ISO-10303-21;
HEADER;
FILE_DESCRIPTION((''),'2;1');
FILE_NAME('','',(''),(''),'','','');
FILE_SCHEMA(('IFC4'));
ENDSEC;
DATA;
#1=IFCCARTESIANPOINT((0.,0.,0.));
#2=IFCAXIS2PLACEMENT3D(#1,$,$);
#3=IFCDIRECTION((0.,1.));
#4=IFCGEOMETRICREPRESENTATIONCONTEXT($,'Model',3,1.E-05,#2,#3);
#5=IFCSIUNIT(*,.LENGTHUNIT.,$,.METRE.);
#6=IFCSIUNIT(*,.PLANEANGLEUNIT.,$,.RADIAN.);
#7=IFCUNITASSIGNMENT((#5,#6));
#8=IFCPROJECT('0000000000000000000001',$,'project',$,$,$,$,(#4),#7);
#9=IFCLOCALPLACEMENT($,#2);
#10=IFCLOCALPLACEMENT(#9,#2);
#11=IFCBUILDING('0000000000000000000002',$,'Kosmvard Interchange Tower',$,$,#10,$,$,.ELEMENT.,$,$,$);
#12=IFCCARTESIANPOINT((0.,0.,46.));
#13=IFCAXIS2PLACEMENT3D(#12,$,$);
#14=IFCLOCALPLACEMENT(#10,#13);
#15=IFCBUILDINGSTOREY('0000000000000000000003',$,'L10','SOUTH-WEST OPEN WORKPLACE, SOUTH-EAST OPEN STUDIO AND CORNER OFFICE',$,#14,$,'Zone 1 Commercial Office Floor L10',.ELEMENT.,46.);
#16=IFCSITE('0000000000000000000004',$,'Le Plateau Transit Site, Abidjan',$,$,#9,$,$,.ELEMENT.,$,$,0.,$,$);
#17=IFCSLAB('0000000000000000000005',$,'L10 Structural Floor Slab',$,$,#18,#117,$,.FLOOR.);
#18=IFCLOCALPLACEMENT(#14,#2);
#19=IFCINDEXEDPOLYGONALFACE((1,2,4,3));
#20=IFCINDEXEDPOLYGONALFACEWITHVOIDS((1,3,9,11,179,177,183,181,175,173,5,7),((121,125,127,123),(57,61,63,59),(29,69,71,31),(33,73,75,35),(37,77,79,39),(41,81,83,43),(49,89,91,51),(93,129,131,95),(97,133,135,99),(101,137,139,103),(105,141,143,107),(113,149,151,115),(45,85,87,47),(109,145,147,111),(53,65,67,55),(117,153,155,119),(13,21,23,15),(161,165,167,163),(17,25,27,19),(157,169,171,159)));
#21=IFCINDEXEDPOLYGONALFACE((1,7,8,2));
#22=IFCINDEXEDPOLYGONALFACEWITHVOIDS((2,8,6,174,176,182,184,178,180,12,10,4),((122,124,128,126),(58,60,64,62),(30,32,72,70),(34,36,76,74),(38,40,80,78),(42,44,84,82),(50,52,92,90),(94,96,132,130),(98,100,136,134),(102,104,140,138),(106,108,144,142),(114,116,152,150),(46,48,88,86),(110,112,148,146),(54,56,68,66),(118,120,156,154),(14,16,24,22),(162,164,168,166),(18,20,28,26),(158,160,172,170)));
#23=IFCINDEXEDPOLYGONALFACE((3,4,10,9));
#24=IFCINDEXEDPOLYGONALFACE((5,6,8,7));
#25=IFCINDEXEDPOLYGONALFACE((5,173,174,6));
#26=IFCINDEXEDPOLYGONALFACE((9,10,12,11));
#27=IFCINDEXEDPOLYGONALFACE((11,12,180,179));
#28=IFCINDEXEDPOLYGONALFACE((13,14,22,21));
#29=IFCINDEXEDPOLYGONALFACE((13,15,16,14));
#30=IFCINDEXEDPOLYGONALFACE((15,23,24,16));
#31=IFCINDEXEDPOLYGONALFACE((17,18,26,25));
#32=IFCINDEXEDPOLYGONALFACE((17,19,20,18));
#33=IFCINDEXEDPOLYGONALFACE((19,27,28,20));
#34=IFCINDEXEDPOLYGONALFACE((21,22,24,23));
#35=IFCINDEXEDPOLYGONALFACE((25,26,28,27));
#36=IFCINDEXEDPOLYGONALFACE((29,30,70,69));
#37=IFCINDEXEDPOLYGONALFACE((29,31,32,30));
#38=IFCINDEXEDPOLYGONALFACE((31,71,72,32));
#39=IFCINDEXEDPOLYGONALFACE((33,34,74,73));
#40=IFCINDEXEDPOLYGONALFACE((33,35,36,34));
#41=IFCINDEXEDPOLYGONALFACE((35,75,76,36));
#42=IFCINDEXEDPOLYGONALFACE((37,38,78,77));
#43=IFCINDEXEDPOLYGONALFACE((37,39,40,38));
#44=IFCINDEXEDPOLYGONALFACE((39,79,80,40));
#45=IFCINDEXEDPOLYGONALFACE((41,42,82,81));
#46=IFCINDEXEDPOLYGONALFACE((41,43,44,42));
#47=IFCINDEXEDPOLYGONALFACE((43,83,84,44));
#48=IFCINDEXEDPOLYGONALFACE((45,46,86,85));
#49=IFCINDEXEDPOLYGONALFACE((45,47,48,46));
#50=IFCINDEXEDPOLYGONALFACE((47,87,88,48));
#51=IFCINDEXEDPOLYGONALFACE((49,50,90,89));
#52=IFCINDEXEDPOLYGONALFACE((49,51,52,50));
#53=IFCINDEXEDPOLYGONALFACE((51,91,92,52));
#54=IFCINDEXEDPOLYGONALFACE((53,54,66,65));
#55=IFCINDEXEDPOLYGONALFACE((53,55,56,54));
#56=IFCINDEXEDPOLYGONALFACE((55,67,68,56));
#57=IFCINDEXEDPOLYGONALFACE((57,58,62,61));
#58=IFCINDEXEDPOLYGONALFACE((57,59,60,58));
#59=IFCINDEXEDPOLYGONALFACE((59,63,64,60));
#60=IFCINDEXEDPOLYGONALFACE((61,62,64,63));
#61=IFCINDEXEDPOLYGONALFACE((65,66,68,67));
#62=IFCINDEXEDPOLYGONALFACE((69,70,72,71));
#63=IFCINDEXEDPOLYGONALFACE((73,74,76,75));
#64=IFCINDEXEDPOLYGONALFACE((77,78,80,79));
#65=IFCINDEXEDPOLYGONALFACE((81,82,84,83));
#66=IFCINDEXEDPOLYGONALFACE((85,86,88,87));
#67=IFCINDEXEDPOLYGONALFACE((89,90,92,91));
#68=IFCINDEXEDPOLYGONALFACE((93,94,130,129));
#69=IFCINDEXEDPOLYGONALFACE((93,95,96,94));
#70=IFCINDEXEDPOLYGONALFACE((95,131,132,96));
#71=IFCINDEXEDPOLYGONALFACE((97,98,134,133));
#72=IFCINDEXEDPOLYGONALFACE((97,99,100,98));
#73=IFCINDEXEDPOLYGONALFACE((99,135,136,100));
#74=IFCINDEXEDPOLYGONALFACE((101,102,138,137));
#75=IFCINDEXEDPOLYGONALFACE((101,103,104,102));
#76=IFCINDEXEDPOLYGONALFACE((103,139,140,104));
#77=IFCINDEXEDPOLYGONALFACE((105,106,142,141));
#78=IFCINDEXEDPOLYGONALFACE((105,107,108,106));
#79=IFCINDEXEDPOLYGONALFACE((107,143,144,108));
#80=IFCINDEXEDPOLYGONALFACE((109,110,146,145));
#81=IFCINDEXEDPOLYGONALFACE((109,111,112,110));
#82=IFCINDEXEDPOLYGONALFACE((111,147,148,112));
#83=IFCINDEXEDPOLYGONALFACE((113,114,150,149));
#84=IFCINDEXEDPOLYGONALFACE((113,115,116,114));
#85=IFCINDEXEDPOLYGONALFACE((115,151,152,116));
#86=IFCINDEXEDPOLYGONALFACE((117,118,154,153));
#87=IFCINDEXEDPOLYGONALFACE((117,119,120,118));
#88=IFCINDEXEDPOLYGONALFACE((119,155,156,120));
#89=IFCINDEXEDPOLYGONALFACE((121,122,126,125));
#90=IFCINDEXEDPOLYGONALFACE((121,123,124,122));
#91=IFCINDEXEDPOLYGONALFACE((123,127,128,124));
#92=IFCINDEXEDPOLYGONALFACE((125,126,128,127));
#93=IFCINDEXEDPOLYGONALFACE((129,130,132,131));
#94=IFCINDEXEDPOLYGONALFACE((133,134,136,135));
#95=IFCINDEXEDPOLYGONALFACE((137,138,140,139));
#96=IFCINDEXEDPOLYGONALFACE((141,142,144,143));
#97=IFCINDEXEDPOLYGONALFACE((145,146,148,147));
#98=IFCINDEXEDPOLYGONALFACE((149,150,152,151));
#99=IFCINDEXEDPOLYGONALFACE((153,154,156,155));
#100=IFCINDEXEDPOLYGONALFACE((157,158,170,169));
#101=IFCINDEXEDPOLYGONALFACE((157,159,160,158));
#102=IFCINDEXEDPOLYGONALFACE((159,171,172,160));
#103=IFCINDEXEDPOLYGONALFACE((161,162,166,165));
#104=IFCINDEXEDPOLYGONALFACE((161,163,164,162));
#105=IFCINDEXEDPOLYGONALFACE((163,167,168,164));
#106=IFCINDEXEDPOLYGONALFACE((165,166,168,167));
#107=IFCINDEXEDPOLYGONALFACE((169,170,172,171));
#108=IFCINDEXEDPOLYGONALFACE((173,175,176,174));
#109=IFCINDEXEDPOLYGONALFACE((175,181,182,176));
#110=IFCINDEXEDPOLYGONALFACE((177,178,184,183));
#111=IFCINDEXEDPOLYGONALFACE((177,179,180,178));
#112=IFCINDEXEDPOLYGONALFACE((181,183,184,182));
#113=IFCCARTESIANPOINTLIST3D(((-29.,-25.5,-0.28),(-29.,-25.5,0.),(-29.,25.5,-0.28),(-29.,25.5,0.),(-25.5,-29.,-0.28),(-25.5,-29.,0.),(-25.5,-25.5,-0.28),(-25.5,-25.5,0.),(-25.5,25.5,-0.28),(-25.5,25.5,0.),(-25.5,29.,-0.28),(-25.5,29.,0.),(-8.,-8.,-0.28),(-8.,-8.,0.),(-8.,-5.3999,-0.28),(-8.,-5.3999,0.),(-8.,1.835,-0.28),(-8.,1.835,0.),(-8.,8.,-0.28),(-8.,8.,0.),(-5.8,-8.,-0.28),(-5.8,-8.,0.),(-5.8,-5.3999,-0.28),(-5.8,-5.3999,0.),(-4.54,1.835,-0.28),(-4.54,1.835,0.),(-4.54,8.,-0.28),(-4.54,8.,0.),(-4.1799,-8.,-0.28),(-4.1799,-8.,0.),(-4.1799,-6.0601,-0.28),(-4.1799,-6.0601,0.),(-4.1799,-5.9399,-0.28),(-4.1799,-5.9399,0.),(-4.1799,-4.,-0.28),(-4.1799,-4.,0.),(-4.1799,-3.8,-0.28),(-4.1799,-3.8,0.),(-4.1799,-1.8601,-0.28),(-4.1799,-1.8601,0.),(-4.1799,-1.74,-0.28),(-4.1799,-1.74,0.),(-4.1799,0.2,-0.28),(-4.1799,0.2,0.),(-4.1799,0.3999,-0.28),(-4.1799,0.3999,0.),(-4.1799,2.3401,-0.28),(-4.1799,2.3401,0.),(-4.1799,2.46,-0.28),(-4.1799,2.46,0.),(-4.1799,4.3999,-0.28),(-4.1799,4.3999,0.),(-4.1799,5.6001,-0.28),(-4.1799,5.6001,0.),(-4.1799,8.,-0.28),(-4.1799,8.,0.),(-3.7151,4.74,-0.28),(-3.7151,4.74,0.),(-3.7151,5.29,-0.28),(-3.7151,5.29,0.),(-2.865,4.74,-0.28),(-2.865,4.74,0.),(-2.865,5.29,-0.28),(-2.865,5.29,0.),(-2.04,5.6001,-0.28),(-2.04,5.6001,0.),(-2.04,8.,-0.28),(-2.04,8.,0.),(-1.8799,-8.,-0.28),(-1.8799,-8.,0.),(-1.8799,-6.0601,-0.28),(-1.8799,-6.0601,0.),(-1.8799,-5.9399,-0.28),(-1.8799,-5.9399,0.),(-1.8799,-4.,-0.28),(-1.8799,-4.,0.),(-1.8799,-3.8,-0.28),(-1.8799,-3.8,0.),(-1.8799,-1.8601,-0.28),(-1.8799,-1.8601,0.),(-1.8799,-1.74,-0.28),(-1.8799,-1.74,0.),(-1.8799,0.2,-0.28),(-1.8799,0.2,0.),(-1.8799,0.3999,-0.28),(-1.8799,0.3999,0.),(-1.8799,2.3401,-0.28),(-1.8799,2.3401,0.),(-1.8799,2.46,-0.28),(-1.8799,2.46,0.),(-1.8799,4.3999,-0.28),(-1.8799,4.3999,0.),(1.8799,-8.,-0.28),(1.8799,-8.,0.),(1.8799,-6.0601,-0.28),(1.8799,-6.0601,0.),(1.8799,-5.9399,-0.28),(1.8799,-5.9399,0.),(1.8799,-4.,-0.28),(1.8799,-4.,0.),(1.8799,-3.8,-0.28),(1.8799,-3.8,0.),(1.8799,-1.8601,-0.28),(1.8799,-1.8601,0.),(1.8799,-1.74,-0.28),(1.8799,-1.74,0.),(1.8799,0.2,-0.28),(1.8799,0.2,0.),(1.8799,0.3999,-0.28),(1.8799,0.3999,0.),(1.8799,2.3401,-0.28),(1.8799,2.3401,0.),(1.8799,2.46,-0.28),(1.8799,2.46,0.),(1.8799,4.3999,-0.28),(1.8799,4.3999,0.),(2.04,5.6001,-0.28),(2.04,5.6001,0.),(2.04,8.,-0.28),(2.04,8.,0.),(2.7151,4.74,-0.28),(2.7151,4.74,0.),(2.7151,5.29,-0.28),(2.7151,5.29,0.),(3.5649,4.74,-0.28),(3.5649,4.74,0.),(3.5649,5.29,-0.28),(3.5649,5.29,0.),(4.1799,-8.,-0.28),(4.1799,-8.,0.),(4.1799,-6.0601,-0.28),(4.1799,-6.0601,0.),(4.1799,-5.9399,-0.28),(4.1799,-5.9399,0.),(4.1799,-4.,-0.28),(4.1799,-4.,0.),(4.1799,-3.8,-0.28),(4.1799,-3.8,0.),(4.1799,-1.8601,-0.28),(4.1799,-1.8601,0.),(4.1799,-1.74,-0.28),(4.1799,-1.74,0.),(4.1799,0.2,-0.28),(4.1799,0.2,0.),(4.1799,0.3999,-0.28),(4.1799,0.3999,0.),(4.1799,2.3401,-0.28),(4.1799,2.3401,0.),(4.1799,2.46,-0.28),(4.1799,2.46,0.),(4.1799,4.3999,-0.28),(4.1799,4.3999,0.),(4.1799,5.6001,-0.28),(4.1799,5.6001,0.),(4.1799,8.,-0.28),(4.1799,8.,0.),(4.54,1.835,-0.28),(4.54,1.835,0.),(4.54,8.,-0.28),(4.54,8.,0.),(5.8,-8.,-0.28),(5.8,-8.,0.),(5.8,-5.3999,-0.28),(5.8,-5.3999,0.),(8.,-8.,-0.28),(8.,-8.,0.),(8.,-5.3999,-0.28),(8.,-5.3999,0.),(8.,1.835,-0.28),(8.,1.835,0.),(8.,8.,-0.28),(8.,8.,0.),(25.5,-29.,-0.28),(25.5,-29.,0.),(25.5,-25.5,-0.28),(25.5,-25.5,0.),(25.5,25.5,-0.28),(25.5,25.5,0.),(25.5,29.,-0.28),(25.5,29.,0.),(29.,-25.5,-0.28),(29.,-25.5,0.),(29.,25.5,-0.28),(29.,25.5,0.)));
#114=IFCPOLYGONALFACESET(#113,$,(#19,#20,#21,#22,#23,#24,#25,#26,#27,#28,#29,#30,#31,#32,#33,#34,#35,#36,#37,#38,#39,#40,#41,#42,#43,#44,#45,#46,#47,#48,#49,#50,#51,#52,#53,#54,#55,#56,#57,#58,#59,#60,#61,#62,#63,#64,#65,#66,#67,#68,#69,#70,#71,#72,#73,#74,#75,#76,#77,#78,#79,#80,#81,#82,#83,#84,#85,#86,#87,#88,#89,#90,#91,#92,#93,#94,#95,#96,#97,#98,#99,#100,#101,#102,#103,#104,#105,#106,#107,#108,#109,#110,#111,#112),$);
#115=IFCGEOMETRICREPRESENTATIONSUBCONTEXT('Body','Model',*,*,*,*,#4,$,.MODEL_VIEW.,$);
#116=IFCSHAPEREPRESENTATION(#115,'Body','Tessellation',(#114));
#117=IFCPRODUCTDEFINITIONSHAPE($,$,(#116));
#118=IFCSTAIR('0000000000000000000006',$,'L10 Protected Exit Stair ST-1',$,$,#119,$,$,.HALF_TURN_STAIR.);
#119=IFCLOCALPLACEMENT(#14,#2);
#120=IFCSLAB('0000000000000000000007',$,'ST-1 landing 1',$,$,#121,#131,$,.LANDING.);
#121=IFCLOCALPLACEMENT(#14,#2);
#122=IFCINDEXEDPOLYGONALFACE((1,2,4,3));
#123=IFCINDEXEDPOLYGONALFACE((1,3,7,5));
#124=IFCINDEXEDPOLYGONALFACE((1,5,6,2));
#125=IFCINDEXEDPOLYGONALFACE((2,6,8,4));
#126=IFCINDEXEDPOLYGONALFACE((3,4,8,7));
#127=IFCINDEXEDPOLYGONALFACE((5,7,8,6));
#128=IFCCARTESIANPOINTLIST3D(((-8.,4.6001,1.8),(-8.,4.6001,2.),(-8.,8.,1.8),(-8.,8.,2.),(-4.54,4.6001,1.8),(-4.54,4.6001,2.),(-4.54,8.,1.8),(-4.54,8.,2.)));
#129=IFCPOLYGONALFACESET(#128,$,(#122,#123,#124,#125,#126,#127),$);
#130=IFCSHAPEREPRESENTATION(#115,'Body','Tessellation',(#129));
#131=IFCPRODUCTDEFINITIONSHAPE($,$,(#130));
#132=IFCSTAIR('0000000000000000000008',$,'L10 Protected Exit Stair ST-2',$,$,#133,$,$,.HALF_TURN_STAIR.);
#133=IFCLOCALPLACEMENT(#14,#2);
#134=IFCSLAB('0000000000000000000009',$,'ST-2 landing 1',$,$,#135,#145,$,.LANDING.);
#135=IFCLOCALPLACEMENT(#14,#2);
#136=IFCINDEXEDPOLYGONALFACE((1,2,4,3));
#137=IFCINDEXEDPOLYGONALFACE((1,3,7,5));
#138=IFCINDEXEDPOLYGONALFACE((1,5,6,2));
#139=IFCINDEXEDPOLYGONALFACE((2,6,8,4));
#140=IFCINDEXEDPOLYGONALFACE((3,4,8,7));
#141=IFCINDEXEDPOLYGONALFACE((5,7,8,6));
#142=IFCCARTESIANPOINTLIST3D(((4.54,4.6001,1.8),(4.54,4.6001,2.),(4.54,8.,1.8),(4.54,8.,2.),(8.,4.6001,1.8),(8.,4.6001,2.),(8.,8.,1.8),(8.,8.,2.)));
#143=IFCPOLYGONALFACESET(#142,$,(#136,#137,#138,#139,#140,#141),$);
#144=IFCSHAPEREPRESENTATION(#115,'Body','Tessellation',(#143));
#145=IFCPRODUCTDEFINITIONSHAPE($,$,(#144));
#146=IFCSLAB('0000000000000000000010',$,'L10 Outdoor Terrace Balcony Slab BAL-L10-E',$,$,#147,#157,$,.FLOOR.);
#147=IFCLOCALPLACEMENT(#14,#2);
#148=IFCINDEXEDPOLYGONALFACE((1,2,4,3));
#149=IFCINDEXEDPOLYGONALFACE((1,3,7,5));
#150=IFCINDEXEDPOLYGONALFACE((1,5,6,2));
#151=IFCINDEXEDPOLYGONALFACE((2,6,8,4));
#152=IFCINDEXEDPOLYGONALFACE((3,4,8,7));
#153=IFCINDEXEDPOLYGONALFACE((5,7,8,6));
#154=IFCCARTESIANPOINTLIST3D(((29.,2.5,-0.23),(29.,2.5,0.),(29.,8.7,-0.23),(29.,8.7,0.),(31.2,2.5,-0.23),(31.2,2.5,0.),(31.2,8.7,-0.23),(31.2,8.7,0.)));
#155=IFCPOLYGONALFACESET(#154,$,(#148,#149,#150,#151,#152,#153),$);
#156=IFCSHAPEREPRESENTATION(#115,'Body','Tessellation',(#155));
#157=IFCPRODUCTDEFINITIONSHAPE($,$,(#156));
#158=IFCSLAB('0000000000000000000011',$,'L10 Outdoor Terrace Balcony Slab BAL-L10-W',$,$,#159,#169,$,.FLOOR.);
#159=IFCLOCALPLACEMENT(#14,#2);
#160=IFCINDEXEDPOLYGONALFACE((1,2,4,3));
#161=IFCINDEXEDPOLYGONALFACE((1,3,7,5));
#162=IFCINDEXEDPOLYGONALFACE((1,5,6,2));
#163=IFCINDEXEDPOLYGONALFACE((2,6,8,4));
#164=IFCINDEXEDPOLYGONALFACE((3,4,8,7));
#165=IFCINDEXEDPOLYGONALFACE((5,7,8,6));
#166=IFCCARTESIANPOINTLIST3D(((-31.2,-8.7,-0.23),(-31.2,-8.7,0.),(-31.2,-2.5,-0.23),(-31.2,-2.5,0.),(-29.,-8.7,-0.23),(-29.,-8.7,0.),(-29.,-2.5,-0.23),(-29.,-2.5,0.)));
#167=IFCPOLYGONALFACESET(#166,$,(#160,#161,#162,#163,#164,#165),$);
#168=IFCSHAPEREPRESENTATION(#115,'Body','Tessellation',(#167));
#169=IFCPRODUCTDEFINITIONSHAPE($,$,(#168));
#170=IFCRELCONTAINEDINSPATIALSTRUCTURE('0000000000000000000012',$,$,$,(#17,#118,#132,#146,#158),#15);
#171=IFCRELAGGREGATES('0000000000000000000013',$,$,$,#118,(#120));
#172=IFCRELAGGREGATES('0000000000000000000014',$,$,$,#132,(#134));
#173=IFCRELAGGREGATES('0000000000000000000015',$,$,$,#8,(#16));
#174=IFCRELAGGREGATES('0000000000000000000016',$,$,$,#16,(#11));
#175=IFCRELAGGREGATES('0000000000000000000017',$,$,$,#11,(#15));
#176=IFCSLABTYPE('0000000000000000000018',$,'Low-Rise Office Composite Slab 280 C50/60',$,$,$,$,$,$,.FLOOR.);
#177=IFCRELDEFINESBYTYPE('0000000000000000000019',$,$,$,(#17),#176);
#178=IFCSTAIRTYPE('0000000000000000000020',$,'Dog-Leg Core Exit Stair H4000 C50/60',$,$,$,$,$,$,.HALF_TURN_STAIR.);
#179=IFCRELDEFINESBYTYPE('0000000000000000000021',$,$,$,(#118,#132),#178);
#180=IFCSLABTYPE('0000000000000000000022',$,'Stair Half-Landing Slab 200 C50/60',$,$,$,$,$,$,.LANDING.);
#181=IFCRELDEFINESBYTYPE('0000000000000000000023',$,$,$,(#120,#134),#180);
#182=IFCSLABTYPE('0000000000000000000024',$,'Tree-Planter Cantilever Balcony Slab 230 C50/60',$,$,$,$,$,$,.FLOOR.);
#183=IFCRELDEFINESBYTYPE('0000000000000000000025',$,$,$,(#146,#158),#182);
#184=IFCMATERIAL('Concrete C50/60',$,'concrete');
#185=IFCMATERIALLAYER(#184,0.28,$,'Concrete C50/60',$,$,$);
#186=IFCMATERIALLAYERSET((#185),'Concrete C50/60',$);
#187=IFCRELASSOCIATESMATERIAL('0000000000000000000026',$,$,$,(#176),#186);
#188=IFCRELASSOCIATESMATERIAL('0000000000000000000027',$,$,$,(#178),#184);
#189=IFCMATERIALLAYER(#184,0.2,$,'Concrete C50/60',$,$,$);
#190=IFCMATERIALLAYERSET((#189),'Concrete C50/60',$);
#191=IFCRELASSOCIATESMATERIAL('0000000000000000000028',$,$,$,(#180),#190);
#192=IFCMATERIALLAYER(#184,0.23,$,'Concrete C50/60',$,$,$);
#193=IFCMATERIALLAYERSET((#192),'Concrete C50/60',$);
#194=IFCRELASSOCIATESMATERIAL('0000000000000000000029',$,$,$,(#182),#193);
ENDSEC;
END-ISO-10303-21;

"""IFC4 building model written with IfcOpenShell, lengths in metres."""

from ifc_helpers import new_model, si_unit, direction, frame, origin, place, context, subcontext, project, spatial, polyline, outline, extrude, material, layer, layer_set, type_object, element, aggregate, save


model = new_model("IFC4")

# Units and contexts
model_context = context("Model", 3, precision=1e-05, world=origin(), true_north=direction((0.0, 1.0)))
body_context = subcontext(model_context, "Body", "Model", "MODEL_VIEW")
ifc_project = project(units=[si_unit("LENGTHUNIT", "METRE"), si_unit("PLANEANGLEUNIT", "RADIAN")], contexts=[model_context])

# Site, building, storey
site_placement = place(None, origin())
site = spatial("IfcSite", under=ifc_project, at=site_placement, Name="Le Plateau Transit Site, Abidjan", CompositionType="ELEMENT", RefElevation=0.0)
building_placement = place(site_placement, origin())
building = spatial("IfcBuilding", under=site, at=building_placement, Name="Kosmvard Interchange Tower", CompositionType="ELEMENT")
storey_placement = place(building_placement, frame((0.0, 0.0, 46.0)))
storey = spatial("IfcBuildingStorey", under=building, at=storey_placement, Name="L10", Description="SOUTH-WEST OPEN WORKPLACE, SOUTH-EAST OPEN STUDIO AND CORNER OFFICE", LongName="Zone 1 Commercial Office Floor L10", CompositionType="ELEMENT", Elevation=46.0)

# Slab
ifc_material_1 = material(Name="Concrete C50/60", Category="concrete")
ifc_layer_1 = layer(ifc_material_1, 0.28, Name="Concrete C50/60")
ifc_layer_set_1 = layer_set([ifc_layer_1], Name="Concrete C50/60")
slab_type_1 = type_object("IfcSlabType", Name="Low-Rise Office Composite Slab 280 C50/60", PredefinedType="FLOOR", material=ifc_layer_set_1)
slab_1_placement = place(storey_placement, frame((0.0, 0.0, -0.28)))
element("IfcSlab", 1, at=slab_1_placement, inside=storey, type_object=slab_type_1, Name="L10 Structural Floor Slab", PredefinedType="FLOOR", context=body_context, shape_type="SweptSolid", body=[
    extrude(outline(polyline([(-25.5, -29.0), (25.5, -29.0), (25.5, -25.5), (29.0, -25.5), (29.0, 25.5), (25.5, 25.5), (25.5, 29.0), (-25.5, 29.0), (-25.5, 25.5), (-29.0, 25.5), (-29.0, -25.5), (-25.5, -25.5), (-25.5, -29.0)]), holes=[polyline([(-8.0, 1.835), (-4.54, 1.835), (-4.54, 8.0), (-8.0, 8.0), (-8.0, 1.835)]), polyline([(4.54, 1.835), (8.0, 1.835), (8.0, 8.0), (4.54, 8.0), (4.54, 1.835)]), polyline([(-8.0, -8.0), (-5.8, -8.0), (-5.8, -5.3999), (-8.0, -5.3999), (-8.0, -8.0)]), polyline([(5.8, -8.0), (8.0, -8.0), (8.0, -5.3999), (5.8, -5.3999), (5.8, -8.0)]), polyline([(-4.1799, -8.0), (-1.8799, -8.0), (-1.8799, -6.0601), (-4.1799, -6.0601), (-4.1799, -8.0)]), polyline([(-4.1799, -5.9399), (-1.8799, -5.9399), (-1.8799, -4.0), (-4.1799, -4.0), (-4.1799, -5.9399)]), polyline([(1.8799, -8.0), (4.1799, -8.0), (4.1799, -6.0601), (1.8799, -6.0601), (1.8799, -8.0)]), polyline([(1.8799, -5.9399), (4.1799, -5.9399), (4.1799, -4.0), (1.8799, -4.0), (1.8799, -5.9399)]), polyline([(-4.1799, -3.8), (-1.8799, -3.8), (-1.8799, -1.8601), (-4.1799, -1.8601), (-4.1799, -3.8)]), polyline([(-4.1799, -1.74), (-1.8799, -1.74), (-1.8799, 0.2), (-4.1799, 0.2), (-4.1799, -1.74)]), polyline([(1.8799, -3.8), (4.1799, -3.8), (4.1799, -1.8601), (1.8799, -1.8601), (1.8799, -3.8)]), polyline([(1.8799, -1.74), (4.1799, -1.74), (4.1799, 0.2), (1.8799, 0.2), (1.8799, -1.74)]), polyline([(-4.1799, 0.3999), (-1.8799, 0.3999), (-1.8799, 2.3401), (-4.1799, 2.3401), (-4.1799, 0.3999)]), polyline([(-4.1799, 2.46), (-1.8799, 2.46), (-1.8799, 4.3999), (-4.1799, 4.3999), (-4.1799, 2.46)]), polyline([(1.8799, 0.3999), (4.1799, 0.3999), (4.1799, 2.3401), (1.8799, 2.3401), (1.8799, 0.3999)]), polyline([(1.8799, 2.46), (4.1799, 2.46), (4.1799, 4.3999), (1.8799, 4.3999), (1.8799, 2.46)]), polyline([(-4.1799, 5.6001), (-2.04, 5.6001), (-2.04, 8.0), (-4.1799, 8.0), (-4.1799, 5.6001)]), polyline([(2.04, 5.6001), (4.1799, 5.6001), (4.1799, 8.0), (2.04, 8.0), (2.04, 5.6001)]), polyline([(-3.7151, 4.74), (-2.865, 4.74), (-2.865, 5.29), (-3.7151, 5.29), (-3.7151, 4.74)]), polyline([(2.7151, 4.74), (3.5649, 4.74), (3.5649, 5.29), (2.7151, 5.29), (2.7151, 4.74)])]), origin(), (0.0, 0.0, 1.0), 0.28),
])

# Stairs, slabs
stair_type = type_object("IfcStairType", Name="Dog-Leg Core Exit Stair H4000 C50/60", PredefinedType="HALF_TURN_STAIR", material=ifc_material_1)
stair_1_placement = place(storey_placement, origin())
stair_1 = element("IfcStair", 2, at=stair_1_placement, inside=storey, type_object=stair_type, Name="L10 Protected Exit Stair ST-1", PredefinedType="HALF_TURN_STAIR")
ifc_layer_2 = layer(ifc_material_1, 0.2, Name="Concrete C50/60")
ifc_layer_set_2 = layer_set([ifc_layer_2], Name="Concrete C50/60")
slab_type_2 = type_object("IfcSlabType", Name="Stair Half-Landing Slab 200 C50/60", PredefinedType="LANDING", material=ifc_layer_set_2)
slab_2_placement = place(storey_placement, frame((0.0, 0.0, 1.8)))
slab_2 = element("IfcSlab", 3, at=slab_2_placement, type_object=slab_type_2, Name="ST-1 landing 1", PredefinedType="LANDING", context=body_context, shape_type="SweptSolid", body=[
    extrude(outline(polyline([(-4.54, 4.6001), (-4.54, 8.0), (-8.0, 8.0), (-8.0, 4.6001), (-4.54, 4.6001)])), origin(), (0.0, 0.0, 1.0), 0.2),
])
aggregate(stair_1, [slab_2])
stair_2_placement = place(storey_placement, origin())
stair_2 = element("IfcStair", 4, at=stair_2_placement, inside=storey, type_object=stair_type, Name="L10 Protected Exit Stair ST-2", PredefinedType="HALF_TURN_STAIR")
slab_3_placement = place(storey_placement, frame((0.0, 0.0, 1.8)))
slab_3 = element("IfcSlab", 5, at=slab_3_placement, type_object=slab_type_2, Name="ST-2 landing 1", PredefinedType="LANDING", context=body_context, shape_type="SweptSolid", body=[
    extrude(outline(polyline([(8.0, 4.6001), (8.0, 8.0), (4.54, 8.0), (4.54, 4.6001), (8.0, 4.6001)])), origin(), (0.0, 0.0, 1.0), 0.2),
])
aggregate(stair_2, [slab_3])

# Slabs
ifc_layer_3 = layer(ifc_material_1, 0.23, Name="Concrete C50/60")
ifc_layer_set_3 = layer_set([ifc_layer_3], Name="Concrete C50/60")
slab_type_3 = type_object("IfcSlabType", Name="Tree-Planter Cantilever Balcony Slab 230 C50/60", PredefinedType="FLOOR", material=ifc_layer_set_3)
slab_4_placement = place(storey_placement, frame((0.0, 0.0, -0.23)))
element("IfcSlab", 6, at=slab_4_placement, inside=storey, type_object=slab_type_3, Name="L10 Outdoor Terrace Balcony Slab BAL-L10-E", PredefinedType="FLOOR", context=body_context, shape_type="SweptSolid", body=[
    extrude(outline(polyline([(29.0, 2.5), (31.2, 2.5), (31.2, 8.7), (29.0, 8.7), (29.0, 2.5)])), origin(), (0.0, 0.0, 1.0), 0.23),
])
slab_5_placement = place(storey_placement, frame((0.0, 0.0, -0.23)))
element("IfcSlab", 7, at=slab_5_placement, inside=storey, type_object=slab_type_3, Name="L10 Outdoor Terrace Balcony Slab BAL-L10-W", PredefinedType="FLOOR", context=body_context, shape_type="SweptSolid", body=[
    extrude(outline(polyline([(-31.2, -8.7), (-29.0, -8.7), (-29.0, -2.5), (-31.2, -2.5), (-31.2, -8.7)])), origin(), (0.0, 0.0, 1.0), 0.23),
])

save(model, "model.ifc")
